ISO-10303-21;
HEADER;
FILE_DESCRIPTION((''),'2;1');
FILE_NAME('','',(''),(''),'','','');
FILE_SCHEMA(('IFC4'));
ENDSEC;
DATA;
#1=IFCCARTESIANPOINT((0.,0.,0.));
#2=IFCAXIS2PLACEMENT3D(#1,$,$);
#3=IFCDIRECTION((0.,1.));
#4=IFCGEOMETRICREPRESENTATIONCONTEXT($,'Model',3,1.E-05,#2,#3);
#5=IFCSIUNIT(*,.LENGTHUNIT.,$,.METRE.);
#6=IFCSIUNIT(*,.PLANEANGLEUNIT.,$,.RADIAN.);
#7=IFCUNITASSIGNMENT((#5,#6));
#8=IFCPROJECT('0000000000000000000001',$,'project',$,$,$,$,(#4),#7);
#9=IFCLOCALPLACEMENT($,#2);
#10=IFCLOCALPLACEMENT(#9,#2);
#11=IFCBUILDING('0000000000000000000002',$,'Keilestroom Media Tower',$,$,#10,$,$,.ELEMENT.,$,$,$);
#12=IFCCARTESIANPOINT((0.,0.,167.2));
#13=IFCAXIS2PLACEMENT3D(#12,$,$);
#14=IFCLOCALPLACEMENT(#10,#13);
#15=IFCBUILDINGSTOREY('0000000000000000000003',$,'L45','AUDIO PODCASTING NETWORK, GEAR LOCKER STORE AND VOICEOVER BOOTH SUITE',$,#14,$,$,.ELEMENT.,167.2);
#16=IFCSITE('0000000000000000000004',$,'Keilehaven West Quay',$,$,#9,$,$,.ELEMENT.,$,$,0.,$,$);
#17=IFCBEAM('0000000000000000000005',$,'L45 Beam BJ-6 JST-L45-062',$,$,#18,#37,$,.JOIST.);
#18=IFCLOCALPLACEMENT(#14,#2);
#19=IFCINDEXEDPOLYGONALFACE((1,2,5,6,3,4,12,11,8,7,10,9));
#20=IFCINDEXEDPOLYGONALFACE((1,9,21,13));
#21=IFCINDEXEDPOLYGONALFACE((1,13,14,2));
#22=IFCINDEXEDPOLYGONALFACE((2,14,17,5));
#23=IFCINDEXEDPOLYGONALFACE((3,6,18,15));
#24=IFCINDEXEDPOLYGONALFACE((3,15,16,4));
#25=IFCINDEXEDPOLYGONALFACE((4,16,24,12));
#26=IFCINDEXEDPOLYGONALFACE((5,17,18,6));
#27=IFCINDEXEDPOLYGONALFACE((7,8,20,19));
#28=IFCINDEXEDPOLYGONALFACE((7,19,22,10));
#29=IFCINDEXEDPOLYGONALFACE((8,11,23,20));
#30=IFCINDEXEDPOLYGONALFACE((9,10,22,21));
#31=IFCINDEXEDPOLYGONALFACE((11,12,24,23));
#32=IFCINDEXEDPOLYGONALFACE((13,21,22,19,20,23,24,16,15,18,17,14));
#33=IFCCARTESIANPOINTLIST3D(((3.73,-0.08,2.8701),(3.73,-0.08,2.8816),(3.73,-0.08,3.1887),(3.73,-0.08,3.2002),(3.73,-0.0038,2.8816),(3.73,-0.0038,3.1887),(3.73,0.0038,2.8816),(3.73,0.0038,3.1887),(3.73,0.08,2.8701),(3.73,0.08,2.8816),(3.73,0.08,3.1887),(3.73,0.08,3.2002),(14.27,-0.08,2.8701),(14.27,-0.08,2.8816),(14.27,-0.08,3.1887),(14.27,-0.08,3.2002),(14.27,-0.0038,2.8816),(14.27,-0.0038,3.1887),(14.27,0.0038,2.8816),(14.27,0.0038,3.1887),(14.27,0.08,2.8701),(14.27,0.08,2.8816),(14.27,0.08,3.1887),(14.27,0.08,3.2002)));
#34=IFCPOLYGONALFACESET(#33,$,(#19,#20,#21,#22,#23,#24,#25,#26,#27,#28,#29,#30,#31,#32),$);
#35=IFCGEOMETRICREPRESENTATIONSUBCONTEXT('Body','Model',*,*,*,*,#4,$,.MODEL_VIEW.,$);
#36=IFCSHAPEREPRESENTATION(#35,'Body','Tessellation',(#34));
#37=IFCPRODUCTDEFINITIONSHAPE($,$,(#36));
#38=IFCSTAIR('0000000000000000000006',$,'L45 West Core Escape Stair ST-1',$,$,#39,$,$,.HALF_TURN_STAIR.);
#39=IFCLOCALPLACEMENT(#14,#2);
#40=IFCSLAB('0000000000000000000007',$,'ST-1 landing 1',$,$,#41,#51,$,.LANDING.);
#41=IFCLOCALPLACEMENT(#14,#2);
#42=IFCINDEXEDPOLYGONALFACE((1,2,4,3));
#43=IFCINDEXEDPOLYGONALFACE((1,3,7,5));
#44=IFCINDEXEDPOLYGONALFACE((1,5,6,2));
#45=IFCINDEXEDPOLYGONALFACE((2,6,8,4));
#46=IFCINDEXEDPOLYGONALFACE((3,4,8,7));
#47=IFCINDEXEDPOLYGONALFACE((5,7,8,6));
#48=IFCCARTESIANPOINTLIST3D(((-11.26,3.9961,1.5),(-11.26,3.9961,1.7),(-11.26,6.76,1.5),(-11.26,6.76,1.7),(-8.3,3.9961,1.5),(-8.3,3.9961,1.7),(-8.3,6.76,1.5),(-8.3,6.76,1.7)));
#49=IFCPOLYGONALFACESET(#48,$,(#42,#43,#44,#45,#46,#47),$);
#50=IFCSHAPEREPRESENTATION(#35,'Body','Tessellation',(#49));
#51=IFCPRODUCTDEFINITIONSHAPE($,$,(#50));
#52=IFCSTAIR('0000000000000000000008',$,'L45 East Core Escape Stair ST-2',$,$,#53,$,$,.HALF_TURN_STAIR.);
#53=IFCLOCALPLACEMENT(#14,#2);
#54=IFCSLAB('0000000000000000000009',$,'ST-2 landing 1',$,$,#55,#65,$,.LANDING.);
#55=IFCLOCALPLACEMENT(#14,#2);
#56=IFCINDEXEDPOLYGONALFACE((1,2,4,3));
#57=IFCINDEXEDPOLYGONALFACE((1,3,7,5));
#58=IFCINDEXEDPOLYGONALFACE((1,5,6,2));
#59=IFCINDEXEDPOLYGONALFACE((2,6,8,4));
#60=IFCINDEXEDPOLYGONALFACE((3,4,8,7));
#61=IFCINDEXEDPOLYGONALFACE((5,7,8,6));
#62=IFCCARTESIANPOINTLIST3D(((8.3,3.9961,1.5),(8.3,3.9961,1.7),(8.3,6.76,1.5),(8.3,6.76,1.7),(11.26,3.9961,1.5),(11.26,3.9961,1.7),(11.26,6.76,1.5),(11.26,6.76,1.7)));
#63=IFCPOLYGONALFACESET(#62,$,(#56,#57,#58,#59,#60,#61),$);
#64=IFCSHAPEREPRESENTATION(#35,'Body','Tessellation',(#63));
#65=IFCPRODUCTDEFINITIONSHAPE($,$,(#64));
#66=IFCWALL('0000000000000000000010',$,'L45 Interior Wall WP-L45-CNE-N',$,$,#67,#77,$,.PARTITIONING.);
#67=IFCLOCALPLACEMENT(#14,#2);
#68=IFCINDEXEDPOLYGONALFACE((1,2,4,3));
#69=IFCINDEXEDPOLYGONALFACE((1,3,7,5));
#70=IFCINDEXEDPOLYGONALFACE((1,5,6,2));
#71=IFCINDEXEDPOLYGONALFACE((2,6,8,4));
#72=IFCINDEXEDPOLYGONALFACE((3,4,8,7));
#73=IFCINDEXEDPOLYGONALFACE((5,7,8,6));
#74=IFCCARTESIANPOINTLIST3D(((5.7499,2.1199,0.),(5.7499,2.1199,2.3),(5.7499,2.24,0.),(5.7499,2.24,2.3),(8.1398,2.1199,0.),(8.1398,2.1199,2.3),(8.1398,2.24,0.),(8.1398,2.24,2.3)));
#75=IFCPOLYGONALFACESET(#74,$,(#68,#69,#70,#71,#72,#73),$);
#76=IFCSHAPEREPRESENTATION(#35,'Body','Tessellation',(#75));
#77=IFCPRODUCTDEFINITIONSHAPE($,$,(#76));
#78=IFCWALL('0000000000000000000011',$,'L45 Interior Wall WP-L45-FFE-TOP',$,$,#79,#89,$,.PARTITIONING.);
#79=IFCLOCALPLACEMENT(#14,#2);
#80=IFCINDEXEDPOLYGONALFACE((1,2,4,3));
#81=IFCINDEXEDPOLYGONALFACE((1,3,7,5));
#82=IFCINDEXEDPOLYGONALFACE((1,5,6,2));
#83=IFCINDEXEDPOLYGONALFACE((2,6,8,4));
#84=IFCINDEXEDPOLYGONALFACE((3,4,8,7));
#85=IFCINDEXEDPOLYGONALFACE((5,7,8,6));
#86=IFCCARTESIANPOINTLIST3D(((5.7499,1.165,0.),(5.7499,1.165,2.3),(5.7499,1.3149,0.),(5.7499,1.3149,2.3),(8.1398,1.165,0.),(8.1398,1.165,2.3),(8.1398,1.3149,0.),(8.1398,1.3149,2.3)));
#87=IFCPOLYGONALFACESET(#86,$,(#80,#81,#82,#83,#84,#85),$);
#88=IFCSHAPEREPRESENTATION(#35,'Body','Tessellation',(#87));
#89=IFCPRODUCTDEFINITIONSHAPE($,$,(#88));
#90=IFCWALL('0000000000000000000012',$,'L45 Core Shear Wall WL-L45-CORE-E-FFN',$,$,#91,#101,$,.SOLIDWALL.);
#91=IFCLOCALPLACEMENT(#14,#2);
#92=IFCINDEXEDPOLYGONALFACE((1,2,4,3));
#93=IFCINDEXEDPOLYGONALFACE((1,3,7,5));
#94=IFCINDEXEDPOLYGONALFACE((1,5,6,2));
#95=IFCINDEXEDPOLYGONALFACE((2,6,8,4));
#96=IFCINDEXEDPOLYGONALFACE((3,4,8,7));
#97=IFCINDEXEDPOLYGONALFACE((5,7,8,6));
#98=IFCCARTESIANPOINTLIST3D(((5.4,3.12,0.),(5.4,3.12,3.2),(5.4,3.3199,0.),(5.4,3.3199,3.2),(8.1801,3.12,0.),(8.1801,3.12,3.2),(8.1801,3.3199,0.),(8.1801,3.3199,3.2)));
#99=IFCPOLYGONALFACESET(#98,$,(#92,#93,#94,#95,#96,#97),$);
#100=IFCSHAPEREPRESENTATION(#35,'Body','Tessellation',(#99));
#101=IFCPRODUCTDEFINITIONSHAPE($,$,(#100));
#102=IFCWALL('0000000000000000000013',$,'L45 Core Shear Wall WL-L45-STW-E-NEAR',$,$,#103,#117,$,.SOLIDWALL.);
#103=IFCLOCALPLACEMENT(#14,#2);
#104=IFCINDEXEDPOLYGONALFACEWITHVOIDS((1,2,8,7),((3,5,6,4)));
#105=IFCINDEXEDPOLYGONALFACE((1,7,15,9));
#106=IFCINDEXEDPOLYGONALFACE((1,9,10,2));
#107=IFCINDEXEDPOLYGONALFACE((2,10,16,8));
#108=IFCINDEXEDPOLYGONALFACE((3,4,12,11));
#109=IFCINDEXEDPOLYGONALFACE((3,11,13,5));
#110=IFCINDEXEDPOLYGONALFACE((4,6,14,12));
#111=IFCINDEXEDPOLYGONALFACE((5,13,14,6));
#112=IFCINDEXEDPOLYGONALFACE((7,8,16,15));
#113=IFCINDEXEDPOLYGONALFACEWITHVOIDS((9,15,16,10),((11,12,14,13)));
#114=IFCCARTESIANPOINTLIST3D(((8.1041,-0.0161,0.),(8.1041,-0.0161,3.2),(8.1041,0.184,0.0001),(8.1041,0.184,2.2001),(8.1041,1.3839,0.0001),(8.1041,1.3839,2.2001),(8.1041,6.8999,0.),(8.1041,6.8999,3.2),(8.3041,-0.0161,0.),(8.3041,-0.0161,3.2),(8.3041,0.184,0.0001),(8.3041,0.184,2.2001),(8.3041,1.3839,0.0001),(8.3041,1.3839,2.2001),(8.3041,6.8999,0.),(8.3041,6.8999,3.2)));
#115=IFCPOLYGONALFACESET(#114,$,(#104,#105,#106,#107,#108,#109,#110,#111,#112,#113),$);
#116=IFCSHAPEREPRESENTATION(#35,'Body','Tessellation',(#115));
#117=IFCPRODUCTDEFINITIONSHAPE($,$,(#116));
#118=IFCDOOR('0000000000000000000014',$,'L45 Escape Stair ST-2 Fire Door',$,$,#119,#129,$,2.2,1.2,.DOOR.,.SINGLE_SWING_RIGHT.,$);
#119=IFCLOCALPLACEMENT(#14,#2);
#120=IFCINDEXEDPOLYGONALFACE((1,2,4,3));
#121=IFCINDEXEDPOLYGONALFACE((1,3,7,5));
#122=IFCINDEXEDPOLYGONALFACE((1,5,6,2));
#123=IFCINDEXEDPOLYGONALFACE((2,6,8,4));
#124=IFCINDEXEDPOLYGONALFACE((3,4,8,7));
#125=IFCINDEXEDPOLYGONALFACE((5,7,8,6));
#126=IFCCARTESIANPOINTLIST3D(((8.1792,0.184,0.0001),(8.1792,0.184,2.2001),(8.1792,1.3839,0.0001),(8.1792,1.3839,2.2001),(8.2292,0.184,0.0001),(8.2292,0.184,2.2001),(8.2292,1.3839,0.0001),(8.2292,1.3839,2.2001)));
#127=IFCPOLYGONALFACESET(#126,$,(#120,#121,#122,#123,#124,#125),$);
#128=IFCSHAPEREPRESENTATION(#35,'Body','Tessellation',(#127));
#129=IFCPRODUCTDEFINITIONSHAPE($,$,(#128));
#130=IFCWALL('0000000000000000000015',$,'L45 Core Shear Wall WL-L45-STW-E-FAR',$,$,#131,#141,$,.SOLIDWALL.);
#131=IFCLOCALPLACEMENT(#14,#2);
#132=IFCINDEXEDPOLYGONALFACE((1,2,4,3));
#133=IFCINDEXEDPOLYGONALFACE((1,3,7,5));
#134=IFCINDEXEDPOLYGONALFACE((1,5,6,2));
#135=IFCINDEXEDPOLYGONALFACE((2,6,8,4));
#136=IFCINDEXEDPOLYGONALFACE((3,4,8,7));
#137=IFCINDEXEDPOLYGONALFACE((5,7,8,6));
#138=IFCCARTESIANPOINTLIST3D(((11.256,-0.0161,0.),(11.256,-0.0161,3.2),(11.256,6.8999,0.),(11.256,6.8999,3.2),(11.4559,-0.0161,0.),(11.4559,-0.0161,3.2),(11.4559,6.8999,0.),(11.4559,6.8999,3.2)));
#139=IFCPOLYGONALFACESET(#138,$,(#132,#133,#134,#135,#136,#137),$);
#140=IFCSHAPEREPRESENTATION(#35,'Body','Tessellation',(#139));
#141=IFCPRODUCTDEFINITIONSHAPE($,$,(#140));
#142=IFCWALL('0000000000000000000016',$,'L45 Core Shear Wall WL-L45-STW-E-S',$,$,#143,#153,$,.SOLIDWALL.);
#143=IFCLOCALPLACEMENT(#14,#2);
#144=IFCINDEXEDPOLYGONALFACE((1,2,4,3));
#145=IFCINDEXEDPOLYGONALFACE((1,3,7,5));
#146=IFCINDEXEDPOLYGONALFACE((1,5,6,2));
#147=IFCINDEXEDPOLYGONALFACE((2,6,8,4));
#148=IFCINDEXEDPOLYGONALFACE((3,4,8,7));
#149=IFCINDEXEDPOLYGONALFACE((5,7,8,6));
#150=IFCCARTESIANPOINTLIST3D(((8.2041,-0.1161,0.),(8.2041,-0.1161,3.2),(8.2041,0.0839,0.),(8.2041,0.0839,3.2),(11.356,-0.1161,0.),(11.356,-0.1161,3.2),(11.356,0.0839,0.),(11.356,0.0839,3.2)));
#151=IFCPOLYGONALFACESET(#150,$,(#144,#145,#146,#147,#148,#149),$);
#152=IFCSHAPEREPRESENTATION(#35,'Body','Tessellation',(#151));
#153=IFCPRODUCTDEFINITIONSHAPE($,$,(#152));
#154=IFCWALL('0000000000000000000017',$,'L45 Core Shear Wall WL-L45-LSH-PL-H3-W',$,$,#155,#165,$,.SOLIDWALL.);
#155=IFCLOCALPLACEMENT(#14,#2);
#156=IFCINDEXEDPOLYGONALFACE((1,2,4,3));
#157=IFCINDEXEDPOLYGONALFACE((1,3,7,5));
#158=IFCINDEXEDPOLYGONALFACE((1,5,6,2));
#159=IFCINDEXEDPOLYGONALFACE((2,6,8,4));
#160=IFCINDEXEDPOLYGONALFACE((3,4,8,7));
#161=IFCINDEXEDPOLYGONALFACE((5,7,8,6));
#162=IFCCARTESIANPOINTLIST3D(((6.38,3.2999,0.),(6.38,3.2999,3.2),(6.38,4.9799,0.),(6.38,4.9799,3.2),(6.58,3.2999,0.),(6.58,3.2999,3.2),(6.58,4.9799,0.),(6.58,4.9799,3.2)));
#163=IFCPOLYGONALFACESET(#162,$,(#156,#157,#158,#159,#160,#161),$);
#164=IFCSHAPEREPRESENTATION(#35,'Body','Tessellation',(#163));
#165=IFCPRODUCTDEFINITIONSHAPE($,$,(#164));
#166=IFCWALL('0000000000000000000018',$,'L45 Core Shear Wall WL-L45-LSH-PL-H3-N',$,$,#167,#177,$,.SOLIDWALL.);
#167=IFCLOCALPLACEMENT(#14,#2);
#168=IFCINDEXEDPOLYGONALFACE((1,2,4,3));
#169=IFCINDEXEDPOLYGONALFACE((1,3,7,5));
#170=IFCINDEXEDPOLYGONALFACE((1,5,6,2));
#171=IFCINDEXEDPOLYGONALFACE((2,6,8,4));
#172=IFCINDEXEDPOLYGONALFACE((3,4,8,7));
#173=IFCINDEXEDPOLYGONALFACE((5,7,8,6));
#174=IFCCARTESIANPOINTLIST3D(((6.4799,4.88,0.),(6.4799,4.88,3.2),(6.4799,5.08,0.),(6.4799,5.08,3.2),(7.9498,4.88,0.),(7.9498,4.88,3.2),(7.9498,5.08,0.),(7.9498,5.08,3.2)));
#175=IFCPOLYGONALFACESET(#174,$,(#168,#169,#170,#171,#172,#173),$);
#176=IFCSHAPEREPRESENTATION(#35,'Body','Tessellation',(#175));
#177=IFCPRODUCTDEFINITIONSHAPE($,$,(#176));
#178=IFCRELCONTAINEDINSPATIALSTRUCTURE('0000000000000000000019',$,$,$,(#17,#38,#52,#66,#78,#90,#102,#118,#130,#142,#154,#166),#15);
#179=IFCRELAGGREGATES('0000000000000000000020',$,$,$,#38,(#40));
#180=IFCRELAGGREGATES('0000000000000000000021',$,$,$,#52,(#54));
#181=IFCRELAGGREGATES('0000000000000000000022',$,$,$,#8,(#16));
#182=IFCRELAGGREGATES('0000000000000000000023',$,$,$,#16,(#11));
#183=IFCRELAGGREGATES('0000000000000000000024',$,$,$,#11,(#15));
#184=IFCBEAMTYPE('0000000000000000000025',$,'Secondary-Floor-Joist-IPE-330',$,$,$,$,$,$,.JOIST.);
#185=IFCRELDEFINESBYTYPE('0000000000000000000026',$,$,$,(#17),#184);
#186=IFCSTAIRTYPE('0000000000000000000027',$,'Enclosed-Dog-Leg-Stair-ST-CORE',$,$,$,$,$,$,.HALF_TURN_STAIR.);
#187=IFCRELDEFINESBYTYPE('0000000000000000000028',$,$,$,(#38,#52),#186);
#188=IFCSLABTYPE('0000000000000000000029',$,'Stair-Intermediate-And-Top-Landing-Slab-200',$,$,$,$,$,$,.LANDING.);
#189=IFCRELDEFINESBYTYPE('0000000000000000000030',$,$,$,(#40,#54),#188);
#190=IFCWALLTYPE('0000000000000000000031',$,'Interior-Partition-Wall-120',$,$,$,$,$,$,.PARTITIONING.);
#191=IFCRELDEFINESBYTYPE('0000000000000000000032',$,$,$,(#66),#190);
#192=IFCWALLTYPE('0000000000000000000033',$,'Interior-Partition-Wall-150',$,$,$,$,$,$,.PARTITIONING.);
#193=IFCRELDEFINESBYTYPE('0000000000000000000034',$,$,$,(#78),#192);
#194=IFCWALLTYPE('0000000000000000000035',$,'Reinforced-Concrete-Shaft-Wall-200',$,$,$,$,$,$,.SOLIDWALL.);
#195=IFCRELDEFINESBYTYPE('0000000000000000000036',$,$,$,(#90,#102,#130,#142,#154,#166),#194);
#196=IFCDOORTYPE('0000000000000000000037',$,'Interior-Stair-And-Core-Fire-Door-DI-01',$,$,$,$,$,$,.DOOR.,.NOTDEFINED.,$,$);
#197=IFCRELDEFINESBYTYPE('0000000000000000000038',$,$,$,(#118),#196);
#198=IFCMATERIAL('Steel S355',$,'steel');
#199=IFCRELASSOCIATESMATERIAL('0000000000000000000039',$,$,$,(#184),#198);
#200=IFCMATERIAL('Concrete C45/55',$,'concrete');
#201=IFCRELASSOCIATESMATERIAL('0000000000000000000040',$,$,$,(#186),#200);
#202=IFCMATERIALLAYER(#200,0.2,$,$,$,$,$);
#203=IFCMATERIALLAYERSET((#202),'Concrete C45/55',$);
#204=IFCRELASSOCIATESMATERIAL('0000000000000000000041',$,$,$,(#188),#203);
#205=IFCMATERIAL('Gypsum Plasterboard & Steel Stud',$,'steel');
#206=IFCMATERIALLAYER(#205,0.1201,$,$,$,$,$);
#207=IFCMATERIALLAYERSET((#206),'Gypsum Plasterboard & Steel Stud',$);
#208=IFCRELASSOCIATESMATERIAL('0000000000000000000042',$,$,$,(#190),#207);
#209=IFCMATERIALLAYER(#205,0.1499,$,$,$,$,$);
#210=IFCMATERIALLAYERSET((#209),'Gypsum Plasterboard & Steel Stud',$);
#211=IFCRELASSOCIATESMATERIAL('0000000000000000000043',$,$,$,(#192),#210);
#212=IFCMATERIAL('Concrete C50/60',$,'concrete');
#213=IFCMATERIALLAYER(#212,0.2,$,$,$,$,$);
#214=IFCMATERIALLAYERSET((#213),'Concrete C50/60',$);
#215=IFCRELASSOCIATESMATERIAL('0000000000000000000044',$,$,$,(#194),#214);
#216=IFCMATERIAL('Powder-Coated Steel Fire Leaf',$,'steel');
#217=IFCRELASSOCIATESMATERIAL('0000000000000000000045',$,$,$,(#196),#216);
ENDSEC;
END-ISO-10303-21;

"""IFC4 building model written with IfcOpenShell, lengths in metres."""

from ifc_helpers import new_model, si_unit, direction, frame, frame_2d, origin, origin_2d, place, context, subcontext, project, spatial, polyline, rectangle, i_section, outline, extrude, source, transform, mapped, material, layer, layer_set, material_profile, profile_set, type_object, element, fill, aggregate, save


model = new_model("IFC4")

# Units and contexts
model_context = context("Model", 3, precision=1e-05, world=origin(), true_north=direction((0.0, 1.0)))
body_context = subcontext(model_context, "Body", "Model", "MODEL_VIEW")
ifc_project = project(units=[si_unit("LENGTHUNIT", "METRE"), si_unit("PLANEANGLEUNIT", "RADIAN")], contexts=[model_context])

# Site, building, storey
site_placement = place(None, origin())
site = spatial("IfcSite", under=ifc_project, at=site_placement, Name="Keilehaven West Quay", CompositionType="ELEMENT", RefElevation=0.0)
building_placement = place(site_placement, origin())
building = spatial("IfcBuilding", under=site, at=building_placement, Name="Keilestroom Media Tower", CompositionType="ELEMENT")
storey_placement = place(building_placement, frame((0.0, 0.0, 167.2)))
storey = spatial("IfcBuildingStorey", under=building, at=storey_placement, Name="L45", Description="AUDIO PODCASTING NETWORK, GEAR LOCKER STORE AND VOICEOVER BOOTH SUITE", CompositionType="ELEMENT", Elevation=167.2)

# Beam
ifc_material_1 = material(Name="Steel S355", Category="steel")
ifc_material_profile = material_profile(ifc_material_1, i_section(OverallWidth=0.1599, OverallDepth=0.3301, WebThickness=0.0076, FlangeThickness=0.0115, at=origin_2d()), Name="IPE 330")
ifc_profile_set = profile_set([ifc_material_profile], Name="Steel S355")
beam_type = type_object("IfcBeamType", Name="Secondary-Floor-Joist-IPE-330", PredefinedType="JOIST", material=ifc_profile_set)
shared_shape_1 = source(origin(), body_context, "Body", "SweptSolid", [
    extrude(i_section(OverallWidth=0.1599, OverallDepth=0.3301, WebThickness=0.0076, FlangeThickness=0.0115, at=origin_2d()), origin(), (0.0, 0.0, 1.0), 10.54),
])
beam_placement = place(storey_placement, frame((3.73, 0.0, 3.0352), z_axis=(1.0, 0.0, 0.0), x_axis=(0.0, 1.0, 0.0)))
element("IfcBeam", 1, at=beam_placement, inside=storey, type_object=beam_type, Name="L45 Beam BJ-6 JST-L45-062", PredefinedType="JOIST", context=body_context, shape_type="MappedRepresentation", body=[
    mapped(shared_shape_1, transform((0.0, 0.0, 0.0), x_axis=(1.0, 0.0, 0.0), y_axis=(0.0, 1.0, 0.0), z_axis=(0.0, 0.0, 1.0), scale=1.0)),
])

# Stairs, slabs
ifc_material_2 = material(Name="Concrete C45/55", Category="concrete")
stair_type = type_object("IfcStairType", Name="Enclosed-Dog-Leg-Stair-ST-CORE", PredefinedType="HALF_TURN_STAIR", material=ifc_material_2)
stair_1_placement = place(storey_placement, origin())
stair_1 = element("IfcStair", 2, at=stair_1_placement, inside=storey, type_object=stair_type, Name="L45 West Core Escape Stair ST-1", PredefinedType="HALF_TURN_STAIR")
ifc_layer_1 = layer(ifc_material_2, 0.2)
ifc_layer_set_1 = layer_set([ifc_layer_1], Name="Concrete C45/55")
slab_type = type_object("IfcSlabType", Name="Stair-Intermediate-And-Top-Landing-Slab-200", PredefinedType="LANDING", material=ifc_layer_set_1)
slab_1_placement = place(storey_placement, frame((0.0, 0.0, 1.5)))
slab_1 = element("IfcSlab", 3, at=slab_1_placement, type_object=slab_type, Name="ST-1 landing 1", PredefinedType="LANDING", context=body_context, shape_type="SweptSolid", body=[
    extrude(outline(polyline([(-8.3, 3.9961), (-8.3, 6.76), (-11.26, 6.76), (-11.26, 3.9961), (-8.3, 3.9961)])), origin(), (0.0, 0.0, 1.0), 0.2),
])
aggregate(stair_1, [slab_1])
stair_2_placement = place(storey_placement, origin())
stair_2 = element("IfcStair", 4, at=stair_2_placement, inside=storey, type_object=stair_type, Name="L45 East Core Escape Stair ST-2", PredefinedType="HALF_TURN_STAIR")
slab_2_placement = place(storey_placement, frame((0.0, 0.0, 1.5)))
slab_2 = element("IfcSlab", 5, at=slab_2_placement, type_object=slab_type, Name="ST-2 landing 1", PredefinedType="LANDING", context=body_context, shape_type="SweptSolid", body=[
    extrude(outline(polyline([(11.26, 3.9961), (11.26, 6.76), (8.3, 6.76), (8.3, 3.9961), (11.26, 3.9961)])), origin(), (0.0, 0.0, 1.0), 0.2),
])

# Walls
ifc_material_3 = material(Name="Gypsum Plasterboard & Steel Stud", Category="steel")
ifc_layer_2 = layer(ifc_material_3, 0.1201)
ifc_layer_set_2 = layer_set([ifc_layer_2], Name="Gypsum Plasterboard & Steel Stud")
wall_type_1 = type_object("IfcWallType", Name="Interior-Partition-Wall-120", PredefinedType="PARTITIONING", material=ifc_layer_set_2)
wall_1_placement = place(storey_placement, frame((5.75, 2.1799, 0.0), z_axis=(0.0, 0.0, 1.0), x_axis=(1.0, 0.0, 0.0)))
element("IfcWall", 6, at=wall_1_placement, inside=storey, type_object=wall_type_1, Name="L45 Interior Wall WP-L45-CNE-N", PredefinedType="PARTITIONING", context=body_context, shape_type="SweptSolid", body=[
    extrude(rectangle(XDim=2.3899, YDim=0.1201, at=frame_2d((1.1948, 0.0))), origin(), (0.0, 0.0, 1.0), 2.3),
])
ifc_layer_3 = layer(ifc_material_3, 0.1499)
ifc_layer_set_3 = layer_set([ifc_layer_3], Name="Gypsum Plasterboard & Steel Stud")
wall_type_2 = type_object("IfcWallType", Name="Interior-Partition-Wall-150", PredefinedType="PARTITIONING", material=ifc_layer_set_3)
wall_2_placement = place(storey_placement, frame((5.75, 1.24, 0.0), z_axis=(0.0, 0.0, 1.0), x_axis=(1.0, 0.0, 0.0)))
element("IfcWall", 7, at=wall_2_placement, inside=storey, type_object=wall_type_2, Name="L45 Interior Wall WP-L45-FFE-TOP", PredefinedType="PARTITIONING", context=body_context, shape_type="SweptSolid", body=[
    extrude(rectangle(XDim=2.3899, YDim=0.1499, at=frame_2d((1.1948, 0.0))), origin(), (0.0, 0.0, 1.0), 2.3),
])
ifc_material_4 = material(Name="Concrete C50/60", Category="concrete")
ifc_layer_4 = layer(ifc_material_4, 0.2)
ifc_layer_set_4 = layer_set([ifc_layer_4], Name="Concrete C50/60")
wall_type_3 = type_object("IfcWallType", Name="Reinforced-Concrete-Shaft-Wall-200", PredefinedType="SOLIDWALL", material=ifc_layer_set_4)
wall_3_placement = place(storey_placement, frame((5.3999, 3.22, 0.0), z_axis=(0.0, 0.0, 1.0), x_axis=(1.0, 0.0, 0.0)))
element("IfcWall", 8, at=wall_3_placement, inside=storey, type_object=wall_type_3, Name="L45 Core Shear Wall WL-L45-CORE-E-FFN", PredefinedType="SOLIDWALL", context=body_context, shape_type="SweptSolid", body=[
    extrude(rectangle(XDim=2.78, YDim=0.2, at=frame_2d((1.3901, 0.0))), origin(), (0.0, 0.0, 1.0), 3.2),
])

# Wall, opening, door
wall_4_placement = place(storey_placement, frame((8.2041, -0.0161, 0.0), z_axis=(0.0, 0.0, 1.0), x_axis=(0.0, 1.0, 0.0)))
wall_4 = element("IfcWall", 9, at=wall_4_placement, inside=storey, type_object=wall_type_3, Name="L45 Core Shear Wall WL-L45-STW-E-NEAR", PredefinedType="SOLIDWALL", context=body_context, shape_type="SweptSolid", body=[
    extrude(rectangle(XDim=6.916, YDim=0.2, at=frame_2d((3.458, 0.0))), origin(), (0.0, 0.0, 1.0), 3.2),
])
opening_placement = place(wall_4_placement, frame((0.2, 0.0, 0.0)))
opening = element("IfcOpeningElement", 10, at=opening_placement, cuts=wall_4, PredefinedType="OPENING", context=body_context, shape_type="SweptSolid", body=[
    extrude(rectangle(XDim=1.2, YDim=2.2, at=frame_2d((0.6001, 1.1001))), frame((0.0, 0.1099, 0.0), z_axis=(0.0, -1.0, 0.0), x_axis=(1.0, 0.0, 0.0)), (0.0, 0.0, 1.0), 0.22),
])
ifc_material_5 = material(Name="Powder-Coated Steel Fire Leaf", Category="steel")
door_type = type_object("IfcDoorType", Name="Interior-Stair-And-Core-Fire-Door-DI-01", OperationType="NOTDEFINED", PredefinedType="DOOR", material=ifc_material_5)
shared_shape_2 = source(origin(), body_context, "Body", "SweptSolid", [
    extrude(rectangle(XDim=1.2, YDim=2.2, at=frame_2d((0.6001, 1.1001))), frame((0.0, 0.0249, 0.0), z_axis=(0.0, -1.0, 0.0), x_axis=(1.0, 0.0, 0.0)), (0.0, 0.0, 1.0), 0.05),
])
door_placement = place(opening_placement, origin())
door = element("IfcDoor", 11, at=door_placement, inside=storey, type_object=door_type, Name="L45 Escape Stair ST-2 Fire Door", OperationType="SINGLE_SWING_RIGHT", OverallHeight=2.2, OverallWidth=1.2, PredefinedType="DOOR", context=body_context, shape_type="MappedRepresentation", body=[
    mapped(shared_shape_2, transform((0.0, 0.0, 0.0), x_axis=(1.0, 0.0, 0.0), y_axis=(0.0, 1.0, 0.0), z_axis=(0.0, 0.0, 1.0), scale=1.0)),
])
fill(opening, door)

# Walls
wall_5_placement = place(storey_placement, frame((11.356, -0.0161, 0.0), z_axis=(0.0, 0.0, 1.0), x_axis=(0.0, 1.0, 0.0)))
element("IfcWall", 12, at=wall_5_placement, inside=storey, type_object=wall_type_3, Name="L45 Core Shear Wall WL-L45-STW-E-FAR", PredefinedType="SOLIDWALL", context=body_context, shape_type="SweptSolid", body=[
    extrude(rectangle(XDim=6.916, YDim=0.2, at=frame_2d((3.458, 0.0))), origin(), (0.0, 0.0, 1.0), 3.2),
])
wall_6_placement = place(storey_placement, frame((8.2041, -0.0161, 0.0), z_axis=(0.0, 0.0, 1.0), x_axis=(1.0, 0.0, 0.0)))
element("IfcWall", 13, at=wall_6_placement, inside=storey, type_object=wall_type_3, Name="L45 Core Shear Wall WL-L45-STW-E-S", PredefinedType="SOLIDWALL", context=body_context, shape_type="SweptSolid", body=[
    extrude(rectangle(XDim=3.1519, YDim=0.2, at=frame_2d((1.5759, 0.0))), origin(), (0.0, 0.0, 1.0), 3.2),
])
wall_7_placement = place(storey_placement, frame((6.48, 3.3, 0.0), z_axis=(0.0, 0.0, 1.0), x_axis=(0.0, 1.0, 0.0)))
element("IfcWall", 14, at=wall_7_placement, inside=storey, type_object=wall_type_3, Name="L45 Core Shear Wall WL-L45-LSH-PL-H3-W", PredefinedType="SOLIDWALL", context=body_context, shape_type="SweptSolid", body=[
    extrude(rectangle(XDim=1.6799, YDim=0.2, at=frame_2d((0.8398, 0.0))), origin(), (0.0, 0.0, 1.0), 3.2),
])
wall_8_placement = place(storey_placement, frame((6.48, 4.98, 0.0), z_axis=(0.0, 0.0, 1.0), x_axis=(1.0, 0.0, 0.0)))
element("IfcWall", 15, at=wall_8_placement, inside=storey, type_object=wall_type_3, Name="L45 Core Shear Wall WL-L45-LSH-PL-H3-N", PredefinedType="SOLIDWALL", context=body_context, shape_type="SweptSolid", body=[
    extrude(rectangle(XDim=1.47, YDim=0.2, at=frame_2d((0.7349, 0.0))), origin(), (0.0, 0.0, 1.0), 3.2),
])

aggregate(stair_2, [slab_2])

save(model, "model.ifc")
